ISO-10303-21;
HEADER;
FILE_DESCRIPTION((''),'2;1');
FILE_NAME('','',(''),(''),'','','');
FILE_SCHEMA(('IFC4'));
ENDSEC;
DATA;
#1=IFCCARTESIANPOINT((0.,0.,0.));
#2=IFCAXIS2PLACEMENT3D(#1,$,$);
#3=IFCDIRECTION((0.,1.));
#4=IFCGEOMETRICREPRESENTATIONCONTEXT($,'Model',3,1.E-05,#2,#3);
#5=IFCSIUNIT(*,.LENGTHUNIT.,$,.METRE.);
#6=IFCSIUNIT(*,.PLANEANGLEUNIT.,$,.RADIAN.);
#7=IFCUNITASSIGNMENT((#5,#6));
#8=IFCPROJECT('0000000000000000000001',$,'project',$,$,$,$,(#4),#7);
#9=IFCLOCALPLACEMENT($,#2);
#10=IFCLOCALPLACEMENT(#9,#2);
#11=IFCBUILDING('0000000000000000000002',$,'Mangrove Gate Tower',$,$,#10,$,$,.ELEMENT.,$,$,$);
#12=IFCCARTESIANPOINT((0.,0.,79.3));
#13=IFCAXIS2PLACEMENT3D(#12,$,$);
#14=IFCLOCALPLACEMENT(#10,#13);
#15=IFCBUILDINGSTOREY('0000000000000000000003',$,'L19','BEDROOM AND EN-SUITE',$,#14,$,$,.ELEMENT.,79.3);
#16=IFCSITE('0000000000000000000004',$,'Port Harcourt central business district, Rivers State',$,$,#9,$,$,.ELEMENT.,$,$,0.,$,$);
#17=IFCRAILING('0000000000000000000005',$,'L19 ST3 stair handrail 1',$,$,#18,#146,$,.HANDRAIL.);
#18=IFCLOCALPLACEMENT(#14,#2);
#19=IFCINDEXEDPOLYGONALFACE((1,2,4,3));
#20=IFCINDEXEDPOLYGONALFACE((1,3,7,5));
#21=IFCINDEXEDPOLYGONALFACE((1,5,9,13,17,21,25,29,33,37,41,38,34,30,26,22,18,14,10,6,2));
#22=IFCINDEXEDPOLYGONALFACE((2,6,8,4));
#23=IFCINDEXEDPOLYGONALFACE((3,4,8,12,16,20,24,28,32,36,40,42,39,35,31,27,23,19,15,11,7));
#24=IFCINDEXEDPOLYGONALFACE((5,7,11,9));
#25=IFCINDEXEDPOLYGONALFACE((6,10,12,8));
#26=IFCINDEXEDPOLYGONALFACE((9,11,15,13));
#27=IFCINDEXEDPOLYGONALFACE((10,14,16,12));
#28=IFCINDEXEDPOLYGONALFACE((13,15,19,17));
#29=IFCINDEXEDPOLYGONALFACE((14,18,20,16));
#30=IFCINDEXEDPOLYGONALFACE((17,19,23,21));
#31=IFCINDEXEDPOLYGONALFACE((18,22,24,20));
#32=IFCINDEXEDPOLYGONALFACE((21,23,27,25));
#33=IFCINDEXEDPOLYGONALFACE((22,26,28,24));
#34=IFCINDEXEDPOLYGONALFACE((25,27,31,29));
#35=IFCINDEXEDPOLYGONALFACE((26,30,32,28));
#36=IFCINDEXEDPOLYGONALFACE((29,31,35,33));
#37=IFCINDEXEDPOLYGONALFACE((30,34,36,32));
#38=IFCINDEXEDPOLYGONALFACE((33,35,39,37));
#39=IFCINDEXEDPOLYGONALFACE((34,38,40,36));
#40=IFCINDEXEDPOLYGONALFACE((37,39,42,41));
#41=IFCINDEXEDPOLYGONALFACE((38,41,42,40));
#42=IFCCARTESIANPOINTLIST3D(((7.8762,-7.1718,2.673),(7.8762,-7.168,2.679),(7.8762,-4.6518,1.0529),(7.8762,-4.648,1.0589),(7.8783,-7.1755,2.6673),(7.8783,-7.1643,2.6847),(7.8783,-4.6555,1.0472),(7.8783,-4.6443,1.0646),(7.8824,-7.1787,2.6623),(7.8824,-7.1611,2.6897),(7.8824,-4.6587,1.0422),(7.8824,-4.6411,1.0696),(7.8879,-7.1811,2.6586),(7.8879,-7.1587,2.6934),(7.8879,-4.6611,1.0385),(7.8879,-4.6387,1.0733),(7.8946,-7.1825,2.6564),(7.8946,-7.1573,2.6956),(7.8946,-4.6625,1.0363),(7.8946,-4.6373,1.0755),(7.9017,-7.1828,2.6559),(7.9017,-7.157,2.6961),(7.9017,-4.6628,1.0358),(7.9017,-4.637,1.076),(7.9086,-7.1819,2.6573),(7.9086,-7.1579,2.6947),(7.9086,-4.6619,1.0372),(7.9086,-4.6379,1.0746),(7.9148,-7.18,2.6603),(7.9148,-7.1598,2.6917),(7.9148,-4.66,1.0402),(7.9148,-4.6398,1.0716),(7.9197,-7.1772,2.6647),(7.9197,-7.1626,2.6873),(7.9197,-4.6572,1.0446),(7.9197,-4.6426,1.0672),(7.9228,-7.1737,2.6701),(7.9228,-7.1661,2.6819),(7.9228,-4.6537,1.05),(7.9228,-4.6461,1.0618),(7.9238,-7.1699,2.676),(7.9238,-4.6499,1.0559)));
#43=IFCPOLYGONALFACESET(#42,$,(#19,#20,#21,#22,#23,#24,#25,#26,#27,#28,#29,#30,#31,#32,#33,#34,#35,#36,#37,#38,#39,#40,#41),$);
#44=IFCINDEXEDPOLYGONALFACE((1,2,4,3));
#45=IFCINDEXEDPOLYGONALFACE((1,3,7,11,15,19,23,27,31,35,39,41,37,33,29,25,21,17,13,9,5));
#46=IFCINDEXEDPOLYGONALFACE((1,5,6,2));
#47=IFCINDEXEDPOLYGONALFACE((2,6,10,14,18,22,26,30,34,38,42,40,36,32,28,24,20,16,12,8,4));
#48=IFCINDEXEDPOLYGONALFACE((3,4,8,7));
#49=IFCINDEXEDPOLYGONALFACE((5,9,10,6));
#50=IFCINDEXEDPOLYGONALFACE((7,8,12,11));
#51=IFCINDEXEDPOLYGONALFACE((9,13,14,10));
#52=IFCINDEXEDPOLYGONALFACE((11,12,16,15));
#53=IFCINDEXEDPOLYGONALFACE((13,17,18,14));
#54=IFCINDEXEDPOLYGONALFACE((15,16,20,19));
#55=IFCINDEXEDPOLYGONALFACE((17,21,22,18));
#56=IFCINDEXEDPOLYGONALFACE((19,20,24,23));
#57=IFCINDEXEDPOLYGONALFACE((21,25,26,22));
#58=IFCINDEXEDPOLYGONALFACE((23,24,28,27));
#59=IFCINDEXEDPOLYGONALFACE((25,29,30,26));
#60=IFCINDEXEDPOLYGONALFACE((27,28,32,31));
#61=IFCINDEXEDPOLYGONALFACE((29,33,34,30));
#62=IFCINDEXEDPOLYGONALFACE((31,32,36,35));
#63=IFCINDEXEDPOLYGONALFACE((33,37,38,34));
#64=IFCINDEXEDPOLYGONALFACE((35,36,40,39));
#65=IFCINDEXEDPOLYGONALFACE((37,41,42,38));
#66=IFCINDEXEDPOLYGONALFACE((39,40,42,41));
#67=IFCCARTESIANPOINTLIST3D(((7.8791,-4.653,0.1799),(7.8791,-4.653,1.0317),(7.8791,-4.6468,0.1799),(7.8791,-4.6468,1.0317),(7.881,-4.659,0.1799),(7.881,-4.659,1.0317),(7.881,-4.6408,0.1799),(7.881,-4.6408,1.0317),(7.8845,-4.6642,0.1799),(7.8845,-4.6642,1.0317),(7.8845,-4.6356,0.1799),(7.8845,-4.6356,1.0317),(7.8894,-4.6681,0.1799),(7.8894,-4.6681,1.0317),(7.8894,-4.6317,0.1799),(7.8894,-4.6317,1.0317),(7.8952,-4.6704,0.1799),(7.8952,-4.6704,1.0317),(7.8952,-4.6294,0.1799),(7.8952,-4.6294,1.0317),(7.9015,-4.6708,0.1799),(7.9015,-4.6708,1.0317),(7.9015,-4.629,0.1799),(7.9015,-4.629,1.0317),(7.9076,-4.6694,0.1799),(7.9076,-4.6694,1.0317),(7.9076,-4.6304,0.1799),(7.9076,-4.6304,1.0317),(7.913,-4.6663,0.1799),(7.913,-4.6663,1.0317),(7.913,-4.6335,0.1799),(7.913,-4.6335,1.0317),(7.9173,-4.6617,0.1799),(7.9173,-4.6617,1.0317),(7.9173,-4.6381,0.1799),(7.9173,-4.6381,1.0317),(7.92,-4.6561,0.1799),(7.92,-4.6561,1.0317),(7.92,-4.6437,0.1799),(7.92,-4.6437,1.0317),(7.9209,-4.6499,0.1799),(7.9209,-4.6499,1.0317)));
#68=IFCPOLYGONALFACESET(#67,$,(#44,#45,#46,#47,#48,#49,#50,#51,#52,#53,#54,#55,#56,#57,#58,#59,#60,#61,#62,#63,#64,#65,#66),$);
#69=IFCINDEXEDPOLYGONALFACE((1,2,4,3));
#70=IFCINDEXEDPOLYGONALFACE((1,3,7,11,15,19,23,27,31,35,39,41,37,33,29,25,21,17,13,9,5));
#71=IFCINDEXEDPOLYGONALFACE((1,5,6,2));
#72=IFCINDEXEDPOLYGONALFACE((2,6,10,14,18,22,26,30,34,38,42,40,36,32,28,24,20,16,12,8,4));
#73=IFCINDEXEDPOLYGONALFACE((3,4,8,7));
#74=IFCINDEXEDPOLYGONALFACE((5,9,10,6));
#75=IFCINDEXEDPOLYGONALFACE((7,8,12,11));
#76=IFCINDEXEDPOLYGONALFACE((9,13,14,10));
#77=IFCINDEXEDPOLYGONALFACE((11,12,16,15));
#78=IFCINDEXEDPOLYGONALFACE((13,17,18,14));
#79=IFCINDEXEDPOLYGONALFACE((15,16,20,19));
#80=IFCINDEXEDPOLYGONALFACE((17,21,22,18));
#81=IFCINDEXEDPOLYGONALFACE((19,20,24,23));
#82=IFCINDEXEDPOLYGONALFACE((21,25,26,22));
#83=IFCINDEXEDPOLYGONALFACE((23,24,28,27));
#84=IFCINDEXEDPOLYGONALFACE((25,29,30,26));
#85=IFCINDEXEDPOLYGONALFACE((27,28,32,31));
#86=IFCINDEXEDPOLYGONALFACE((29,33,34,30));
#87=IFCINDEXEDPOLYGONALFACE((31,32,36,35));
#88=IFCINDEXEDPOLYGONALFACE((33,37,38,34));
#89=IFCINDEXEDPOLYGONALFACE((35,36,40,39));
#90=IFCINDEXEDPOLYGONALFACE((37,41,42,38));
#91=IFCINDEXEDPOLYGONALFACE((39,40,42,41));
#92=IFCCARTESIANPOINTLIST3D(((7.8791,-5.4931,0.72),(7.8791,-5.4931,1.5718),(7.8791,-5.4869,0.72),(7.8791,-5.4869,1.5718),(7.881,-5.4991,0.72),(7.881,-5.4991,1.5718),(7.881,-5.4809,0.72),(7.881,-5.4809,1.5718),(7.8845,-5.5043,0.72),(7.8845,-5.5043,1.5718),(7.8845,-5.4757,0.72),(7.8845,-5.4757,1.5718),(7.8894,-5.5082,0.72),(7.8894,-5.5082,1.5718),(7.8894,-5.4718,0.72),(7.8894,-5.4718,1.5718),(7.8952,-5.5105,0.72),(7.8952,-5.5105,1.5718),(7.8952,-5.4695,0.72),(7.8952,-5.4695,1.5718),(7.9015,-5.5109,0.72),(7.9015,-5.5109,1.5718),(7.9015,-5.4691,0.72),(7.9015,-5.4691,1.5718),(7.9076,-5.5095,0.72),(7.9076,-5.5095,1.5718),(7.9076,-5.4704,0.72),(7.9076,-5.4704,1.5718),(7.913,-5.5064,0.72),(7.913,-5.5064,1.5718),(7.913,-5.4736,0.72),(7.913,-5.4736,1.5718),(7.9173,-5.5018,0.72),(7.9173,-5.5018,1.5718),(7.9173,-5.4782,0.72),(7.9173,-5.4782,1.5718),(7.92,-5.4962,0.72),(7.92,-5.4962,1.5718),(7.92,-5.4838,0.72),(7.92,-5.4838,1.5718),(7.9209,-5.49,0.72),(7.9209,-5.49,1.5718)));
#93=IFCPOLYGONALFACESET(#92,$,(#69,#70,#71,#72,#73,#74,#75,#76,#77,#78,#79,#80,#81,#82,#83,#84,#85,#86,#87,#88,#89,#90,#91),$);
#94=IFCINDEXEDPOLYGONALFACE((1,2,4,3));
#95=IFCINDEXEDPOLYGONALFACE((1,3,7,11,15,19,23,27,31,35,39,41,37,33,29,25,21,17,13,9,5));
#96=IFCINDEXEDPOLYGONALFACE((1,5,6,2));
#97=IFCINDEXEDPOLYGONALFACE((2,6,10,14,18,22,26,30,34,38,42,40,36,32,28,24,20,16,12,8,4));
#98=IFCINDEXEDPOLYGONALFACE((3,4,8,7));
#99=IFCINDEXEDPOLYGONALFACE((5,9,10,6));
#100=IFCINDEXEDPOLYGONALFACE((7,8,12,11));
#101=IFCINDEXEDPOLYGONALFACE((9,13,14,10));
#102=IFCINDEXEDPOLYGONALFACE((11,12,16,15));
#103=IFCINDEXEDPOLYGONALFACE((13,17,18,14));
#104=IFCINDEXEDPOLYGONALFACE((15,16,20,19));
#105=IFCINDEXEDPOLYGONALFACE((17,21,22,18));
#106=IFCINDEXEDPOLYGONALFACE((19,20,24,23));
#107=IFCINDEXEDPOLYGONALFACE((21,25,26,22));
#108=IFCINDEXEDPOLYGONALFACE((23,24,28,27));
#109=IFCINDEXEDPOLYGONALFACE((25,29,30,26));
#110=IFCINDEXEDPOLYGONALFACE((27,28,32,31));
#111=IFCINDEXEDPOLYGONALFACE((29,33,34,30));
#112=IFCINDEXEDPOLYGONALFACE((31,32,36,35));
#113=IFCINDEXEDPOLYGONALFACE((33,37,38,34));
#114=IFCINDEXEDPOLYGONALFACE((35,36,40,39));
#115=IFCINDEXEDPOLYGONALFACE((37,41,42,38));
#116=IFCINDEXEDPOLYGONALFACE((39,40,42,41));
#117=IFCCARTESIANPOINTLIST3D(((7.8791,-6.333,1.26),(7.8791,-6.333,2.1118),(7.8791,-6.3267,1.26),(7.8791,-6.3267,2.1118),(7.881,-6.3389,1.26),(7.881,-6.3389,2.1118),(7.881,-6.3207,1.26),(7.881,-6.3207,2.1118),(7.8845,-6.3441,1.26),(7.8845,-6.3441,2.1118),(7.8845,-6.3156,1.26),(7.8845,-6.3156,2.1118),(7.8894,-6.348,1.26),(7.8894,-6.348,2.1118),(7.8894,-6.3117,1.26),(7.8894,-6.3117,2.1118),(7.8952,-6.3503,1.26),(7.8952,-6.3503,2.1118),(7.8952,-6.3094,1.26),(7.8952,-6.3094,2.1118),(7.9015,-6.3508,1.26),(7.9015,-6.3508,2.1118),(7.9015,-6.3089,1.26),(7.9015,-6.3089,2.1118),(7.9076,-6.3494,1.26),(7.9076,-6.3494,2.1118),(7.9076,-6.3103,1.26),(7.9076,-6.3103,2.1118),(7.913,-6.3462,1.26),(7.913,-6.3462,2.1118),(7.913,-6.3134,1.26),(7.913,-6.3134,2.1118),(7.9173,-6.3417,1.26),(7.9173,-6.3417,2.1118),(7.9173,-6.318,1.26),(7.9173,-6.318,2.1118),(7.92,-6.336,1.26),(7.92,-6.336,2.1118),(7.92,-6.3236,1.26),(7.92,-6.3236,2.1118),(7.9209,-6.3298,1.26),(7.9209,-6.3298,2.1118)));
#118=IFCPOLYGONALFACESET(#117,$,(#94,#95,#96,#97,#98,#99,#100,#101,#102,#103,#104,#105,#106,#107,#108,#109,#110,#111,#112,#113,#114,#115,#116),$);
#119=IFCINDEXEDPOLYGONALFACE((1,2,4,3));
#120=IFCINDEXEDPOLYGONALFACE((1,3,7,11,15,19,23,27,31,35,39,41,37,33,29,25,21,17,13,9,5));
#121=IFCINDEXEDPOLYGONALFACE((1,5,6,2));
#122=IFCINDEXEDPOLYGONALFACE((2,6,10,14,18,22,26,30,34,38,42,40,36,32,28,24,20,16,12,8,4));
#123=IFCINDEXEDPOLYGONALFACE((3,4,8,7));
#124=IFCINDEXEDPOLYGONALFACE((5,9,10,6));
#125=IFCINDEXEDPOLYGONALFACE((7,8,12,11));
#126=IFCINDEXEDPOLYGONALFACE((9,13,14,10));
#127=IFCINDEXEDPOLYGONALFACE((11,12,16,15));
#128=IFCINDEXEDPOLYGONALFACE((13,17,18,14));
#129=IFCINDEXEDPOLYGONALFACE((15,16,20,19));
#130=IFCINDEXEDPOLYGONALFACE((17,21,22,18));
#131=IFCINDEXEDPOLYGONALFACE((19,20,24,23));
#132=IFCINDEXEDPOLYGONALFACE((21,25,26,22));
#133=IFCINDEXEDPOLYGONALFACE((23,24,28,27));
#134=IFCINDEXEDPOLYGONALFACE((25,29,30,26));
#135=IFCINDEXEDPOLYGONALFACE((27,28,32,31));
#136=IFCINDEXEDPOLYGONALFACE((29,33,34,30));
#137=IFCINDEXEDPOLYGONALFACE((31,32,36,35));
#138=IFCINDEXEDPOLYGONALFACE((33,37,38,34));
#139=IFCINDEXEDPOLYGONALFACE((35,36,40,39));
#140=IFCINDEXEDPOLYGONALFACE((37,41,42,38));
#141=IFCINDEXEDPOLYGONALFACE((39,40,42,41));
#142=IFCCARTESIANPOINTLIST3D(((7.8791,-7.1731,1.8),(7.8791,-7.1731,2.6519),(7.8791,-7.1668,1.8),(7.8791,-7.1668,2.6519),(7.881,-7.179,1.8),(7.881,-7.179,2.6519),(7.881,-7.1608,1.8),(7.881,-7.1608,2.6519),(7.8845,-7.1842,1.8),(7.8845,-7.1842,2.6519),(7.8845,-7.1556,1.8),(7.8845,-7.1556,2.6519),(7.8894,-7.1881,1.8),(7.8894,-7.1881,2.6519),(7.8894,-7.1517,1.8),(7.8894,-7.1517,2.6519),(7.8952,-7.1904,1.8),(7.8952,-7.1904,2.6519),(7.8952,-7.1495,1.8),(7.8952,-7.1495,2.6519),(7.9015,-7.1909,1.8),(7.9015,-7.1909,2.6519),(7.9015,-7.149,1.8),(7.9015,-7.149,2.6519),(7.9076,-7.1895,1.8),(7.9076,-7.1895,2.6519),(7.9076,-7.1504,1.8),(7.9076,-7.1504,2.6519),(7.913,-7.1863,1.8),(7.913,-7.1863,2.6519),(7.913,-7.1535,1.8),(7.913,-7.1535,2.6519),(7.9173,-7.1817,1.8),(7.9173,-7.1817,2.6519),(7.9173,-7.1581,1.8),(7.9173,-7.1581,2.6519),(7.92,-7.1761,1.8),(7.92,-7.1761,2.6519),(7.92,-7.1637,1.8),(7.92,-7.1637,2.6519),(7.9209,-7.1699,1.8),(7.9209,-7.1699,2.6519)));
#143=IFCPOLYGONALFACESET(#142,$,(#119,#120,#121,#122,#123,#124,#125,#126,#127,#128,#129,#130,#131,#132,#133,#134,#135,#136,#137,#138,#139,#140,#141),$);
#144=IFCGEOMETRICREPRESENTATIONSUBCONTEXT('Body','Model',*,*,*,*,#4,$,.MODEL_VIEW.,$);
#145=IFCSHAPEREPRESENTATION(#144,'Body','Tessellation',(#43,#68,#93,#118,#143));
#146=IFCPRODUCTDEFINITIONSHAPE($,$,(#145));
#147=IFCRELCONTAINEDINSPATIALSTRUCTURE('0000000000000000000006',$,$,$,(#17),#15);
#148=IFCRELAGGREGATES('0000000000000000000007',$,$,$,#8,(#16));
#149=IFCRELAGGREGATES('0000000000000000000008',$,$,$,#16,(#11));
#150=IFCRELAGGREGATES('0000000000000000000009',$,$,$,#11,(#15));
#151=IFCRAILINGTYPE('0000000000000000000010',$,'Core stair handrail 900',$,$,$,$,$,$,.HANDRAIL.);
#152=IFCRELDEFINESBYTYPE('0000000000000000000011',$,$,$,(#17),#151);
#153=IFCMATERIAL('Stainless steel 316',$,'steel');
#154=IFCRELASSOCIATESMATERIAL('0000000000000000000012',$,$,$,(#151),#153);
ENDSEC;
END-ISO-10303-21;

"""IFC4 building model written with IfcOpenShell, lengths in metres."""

from ifc_helpers import new_model, si_unit, direction, frame, origin, origin_2d, place, context, subcontext, project, spatial, circle, extrude, material, type_object, element, save


model = new_model("IFC4")

# Units and contexts
model_context = context("Model", 3, precision=1e-05, world=origin(), true_north=direction((0.0, 1.0)))
body_context = subcontext(model_context, "Body", "Model", "MODEL_VIEW")
ifc_project = project(units=[si_unit("LENGTHUNIT", "METRE"), si_unit("PLANEANGLEUNIT", "RADIAN")], contexts=[model_context])

# Site, building, storey
site_placement = place(None, origin())
site = spatial("IfcSite", under=ifc_project, at=site_placement, Name="Port Harcourt central business district, Rivers State", CompositionType="ELEMENT", RefElevation=0.0)
building_placement = place(site_placement, origin())
building = spatial("IfcBuilding", under=site, at=building_placement, Name="Mangrove Gate Tower", CompositionType="ELEMENT")
storey_placement = place(building_placement, frame((0.0, 0.0, 79.3)))
storey = spatial("IfcBuildingStorey", under=building, at=storey_placement, Name="L19", Description="BEDROOM AND EN-SUITE", CompositionType="ELEMENT", Elevation=79.3)

# Railing
ifc_material_1 = material(Name="Stainless steel 316", Category="steel")
railing_type_1 = type_object("IfcRailingType", Name="Core stair handrail 900", PredefinedType="HANDRAIL", material=ifc_material_1)
railing_1_placement = place(storey_placement, frame((7.8999, -4.6499, 0.1799)))
element("IfcRailing", 1, at=railing_1_placement, inside=storey, type_object=railing_type_1, Name="L19 ST3 stair handrail 1", PredefinedType="HANDRAIL", context=body_context, shape_type="SweptSolid", body=[
    extrude(circle(Radius=0.0239, at=origin_2d()), frame((0.0, 0.0, 0.876), z_axis=(0.0, -0.841163, 0.540782), x_axis=(1.0, 0.0, 0.0)), (0.0, 0.0, 1.0), 2.9958),
    extrude(circle(Radius=0.021, at=origin_2d()), origin(), (0.0, 0.0, 1.0), 0.8518),
    extrude(circle(Radius=0.021, at=origin_2d()), frame((0.0, -0.8401, 0.54)), (0.0, 0.0, 1.0), 0.8518),
    extrude(circle(Radius=0.021, at=origin_2d()), frame((0.0, -1.6799, 1.0801)), (0.0, 0.0, 1.0), 0.8518),
    extrude(circle(Radius=0.021, at=origin_2d()), frame((0.0, -2.52, 1.6201)), (0.0, 0.0, 1.0), 0.8518),
])

save(model, "model.ifc")
